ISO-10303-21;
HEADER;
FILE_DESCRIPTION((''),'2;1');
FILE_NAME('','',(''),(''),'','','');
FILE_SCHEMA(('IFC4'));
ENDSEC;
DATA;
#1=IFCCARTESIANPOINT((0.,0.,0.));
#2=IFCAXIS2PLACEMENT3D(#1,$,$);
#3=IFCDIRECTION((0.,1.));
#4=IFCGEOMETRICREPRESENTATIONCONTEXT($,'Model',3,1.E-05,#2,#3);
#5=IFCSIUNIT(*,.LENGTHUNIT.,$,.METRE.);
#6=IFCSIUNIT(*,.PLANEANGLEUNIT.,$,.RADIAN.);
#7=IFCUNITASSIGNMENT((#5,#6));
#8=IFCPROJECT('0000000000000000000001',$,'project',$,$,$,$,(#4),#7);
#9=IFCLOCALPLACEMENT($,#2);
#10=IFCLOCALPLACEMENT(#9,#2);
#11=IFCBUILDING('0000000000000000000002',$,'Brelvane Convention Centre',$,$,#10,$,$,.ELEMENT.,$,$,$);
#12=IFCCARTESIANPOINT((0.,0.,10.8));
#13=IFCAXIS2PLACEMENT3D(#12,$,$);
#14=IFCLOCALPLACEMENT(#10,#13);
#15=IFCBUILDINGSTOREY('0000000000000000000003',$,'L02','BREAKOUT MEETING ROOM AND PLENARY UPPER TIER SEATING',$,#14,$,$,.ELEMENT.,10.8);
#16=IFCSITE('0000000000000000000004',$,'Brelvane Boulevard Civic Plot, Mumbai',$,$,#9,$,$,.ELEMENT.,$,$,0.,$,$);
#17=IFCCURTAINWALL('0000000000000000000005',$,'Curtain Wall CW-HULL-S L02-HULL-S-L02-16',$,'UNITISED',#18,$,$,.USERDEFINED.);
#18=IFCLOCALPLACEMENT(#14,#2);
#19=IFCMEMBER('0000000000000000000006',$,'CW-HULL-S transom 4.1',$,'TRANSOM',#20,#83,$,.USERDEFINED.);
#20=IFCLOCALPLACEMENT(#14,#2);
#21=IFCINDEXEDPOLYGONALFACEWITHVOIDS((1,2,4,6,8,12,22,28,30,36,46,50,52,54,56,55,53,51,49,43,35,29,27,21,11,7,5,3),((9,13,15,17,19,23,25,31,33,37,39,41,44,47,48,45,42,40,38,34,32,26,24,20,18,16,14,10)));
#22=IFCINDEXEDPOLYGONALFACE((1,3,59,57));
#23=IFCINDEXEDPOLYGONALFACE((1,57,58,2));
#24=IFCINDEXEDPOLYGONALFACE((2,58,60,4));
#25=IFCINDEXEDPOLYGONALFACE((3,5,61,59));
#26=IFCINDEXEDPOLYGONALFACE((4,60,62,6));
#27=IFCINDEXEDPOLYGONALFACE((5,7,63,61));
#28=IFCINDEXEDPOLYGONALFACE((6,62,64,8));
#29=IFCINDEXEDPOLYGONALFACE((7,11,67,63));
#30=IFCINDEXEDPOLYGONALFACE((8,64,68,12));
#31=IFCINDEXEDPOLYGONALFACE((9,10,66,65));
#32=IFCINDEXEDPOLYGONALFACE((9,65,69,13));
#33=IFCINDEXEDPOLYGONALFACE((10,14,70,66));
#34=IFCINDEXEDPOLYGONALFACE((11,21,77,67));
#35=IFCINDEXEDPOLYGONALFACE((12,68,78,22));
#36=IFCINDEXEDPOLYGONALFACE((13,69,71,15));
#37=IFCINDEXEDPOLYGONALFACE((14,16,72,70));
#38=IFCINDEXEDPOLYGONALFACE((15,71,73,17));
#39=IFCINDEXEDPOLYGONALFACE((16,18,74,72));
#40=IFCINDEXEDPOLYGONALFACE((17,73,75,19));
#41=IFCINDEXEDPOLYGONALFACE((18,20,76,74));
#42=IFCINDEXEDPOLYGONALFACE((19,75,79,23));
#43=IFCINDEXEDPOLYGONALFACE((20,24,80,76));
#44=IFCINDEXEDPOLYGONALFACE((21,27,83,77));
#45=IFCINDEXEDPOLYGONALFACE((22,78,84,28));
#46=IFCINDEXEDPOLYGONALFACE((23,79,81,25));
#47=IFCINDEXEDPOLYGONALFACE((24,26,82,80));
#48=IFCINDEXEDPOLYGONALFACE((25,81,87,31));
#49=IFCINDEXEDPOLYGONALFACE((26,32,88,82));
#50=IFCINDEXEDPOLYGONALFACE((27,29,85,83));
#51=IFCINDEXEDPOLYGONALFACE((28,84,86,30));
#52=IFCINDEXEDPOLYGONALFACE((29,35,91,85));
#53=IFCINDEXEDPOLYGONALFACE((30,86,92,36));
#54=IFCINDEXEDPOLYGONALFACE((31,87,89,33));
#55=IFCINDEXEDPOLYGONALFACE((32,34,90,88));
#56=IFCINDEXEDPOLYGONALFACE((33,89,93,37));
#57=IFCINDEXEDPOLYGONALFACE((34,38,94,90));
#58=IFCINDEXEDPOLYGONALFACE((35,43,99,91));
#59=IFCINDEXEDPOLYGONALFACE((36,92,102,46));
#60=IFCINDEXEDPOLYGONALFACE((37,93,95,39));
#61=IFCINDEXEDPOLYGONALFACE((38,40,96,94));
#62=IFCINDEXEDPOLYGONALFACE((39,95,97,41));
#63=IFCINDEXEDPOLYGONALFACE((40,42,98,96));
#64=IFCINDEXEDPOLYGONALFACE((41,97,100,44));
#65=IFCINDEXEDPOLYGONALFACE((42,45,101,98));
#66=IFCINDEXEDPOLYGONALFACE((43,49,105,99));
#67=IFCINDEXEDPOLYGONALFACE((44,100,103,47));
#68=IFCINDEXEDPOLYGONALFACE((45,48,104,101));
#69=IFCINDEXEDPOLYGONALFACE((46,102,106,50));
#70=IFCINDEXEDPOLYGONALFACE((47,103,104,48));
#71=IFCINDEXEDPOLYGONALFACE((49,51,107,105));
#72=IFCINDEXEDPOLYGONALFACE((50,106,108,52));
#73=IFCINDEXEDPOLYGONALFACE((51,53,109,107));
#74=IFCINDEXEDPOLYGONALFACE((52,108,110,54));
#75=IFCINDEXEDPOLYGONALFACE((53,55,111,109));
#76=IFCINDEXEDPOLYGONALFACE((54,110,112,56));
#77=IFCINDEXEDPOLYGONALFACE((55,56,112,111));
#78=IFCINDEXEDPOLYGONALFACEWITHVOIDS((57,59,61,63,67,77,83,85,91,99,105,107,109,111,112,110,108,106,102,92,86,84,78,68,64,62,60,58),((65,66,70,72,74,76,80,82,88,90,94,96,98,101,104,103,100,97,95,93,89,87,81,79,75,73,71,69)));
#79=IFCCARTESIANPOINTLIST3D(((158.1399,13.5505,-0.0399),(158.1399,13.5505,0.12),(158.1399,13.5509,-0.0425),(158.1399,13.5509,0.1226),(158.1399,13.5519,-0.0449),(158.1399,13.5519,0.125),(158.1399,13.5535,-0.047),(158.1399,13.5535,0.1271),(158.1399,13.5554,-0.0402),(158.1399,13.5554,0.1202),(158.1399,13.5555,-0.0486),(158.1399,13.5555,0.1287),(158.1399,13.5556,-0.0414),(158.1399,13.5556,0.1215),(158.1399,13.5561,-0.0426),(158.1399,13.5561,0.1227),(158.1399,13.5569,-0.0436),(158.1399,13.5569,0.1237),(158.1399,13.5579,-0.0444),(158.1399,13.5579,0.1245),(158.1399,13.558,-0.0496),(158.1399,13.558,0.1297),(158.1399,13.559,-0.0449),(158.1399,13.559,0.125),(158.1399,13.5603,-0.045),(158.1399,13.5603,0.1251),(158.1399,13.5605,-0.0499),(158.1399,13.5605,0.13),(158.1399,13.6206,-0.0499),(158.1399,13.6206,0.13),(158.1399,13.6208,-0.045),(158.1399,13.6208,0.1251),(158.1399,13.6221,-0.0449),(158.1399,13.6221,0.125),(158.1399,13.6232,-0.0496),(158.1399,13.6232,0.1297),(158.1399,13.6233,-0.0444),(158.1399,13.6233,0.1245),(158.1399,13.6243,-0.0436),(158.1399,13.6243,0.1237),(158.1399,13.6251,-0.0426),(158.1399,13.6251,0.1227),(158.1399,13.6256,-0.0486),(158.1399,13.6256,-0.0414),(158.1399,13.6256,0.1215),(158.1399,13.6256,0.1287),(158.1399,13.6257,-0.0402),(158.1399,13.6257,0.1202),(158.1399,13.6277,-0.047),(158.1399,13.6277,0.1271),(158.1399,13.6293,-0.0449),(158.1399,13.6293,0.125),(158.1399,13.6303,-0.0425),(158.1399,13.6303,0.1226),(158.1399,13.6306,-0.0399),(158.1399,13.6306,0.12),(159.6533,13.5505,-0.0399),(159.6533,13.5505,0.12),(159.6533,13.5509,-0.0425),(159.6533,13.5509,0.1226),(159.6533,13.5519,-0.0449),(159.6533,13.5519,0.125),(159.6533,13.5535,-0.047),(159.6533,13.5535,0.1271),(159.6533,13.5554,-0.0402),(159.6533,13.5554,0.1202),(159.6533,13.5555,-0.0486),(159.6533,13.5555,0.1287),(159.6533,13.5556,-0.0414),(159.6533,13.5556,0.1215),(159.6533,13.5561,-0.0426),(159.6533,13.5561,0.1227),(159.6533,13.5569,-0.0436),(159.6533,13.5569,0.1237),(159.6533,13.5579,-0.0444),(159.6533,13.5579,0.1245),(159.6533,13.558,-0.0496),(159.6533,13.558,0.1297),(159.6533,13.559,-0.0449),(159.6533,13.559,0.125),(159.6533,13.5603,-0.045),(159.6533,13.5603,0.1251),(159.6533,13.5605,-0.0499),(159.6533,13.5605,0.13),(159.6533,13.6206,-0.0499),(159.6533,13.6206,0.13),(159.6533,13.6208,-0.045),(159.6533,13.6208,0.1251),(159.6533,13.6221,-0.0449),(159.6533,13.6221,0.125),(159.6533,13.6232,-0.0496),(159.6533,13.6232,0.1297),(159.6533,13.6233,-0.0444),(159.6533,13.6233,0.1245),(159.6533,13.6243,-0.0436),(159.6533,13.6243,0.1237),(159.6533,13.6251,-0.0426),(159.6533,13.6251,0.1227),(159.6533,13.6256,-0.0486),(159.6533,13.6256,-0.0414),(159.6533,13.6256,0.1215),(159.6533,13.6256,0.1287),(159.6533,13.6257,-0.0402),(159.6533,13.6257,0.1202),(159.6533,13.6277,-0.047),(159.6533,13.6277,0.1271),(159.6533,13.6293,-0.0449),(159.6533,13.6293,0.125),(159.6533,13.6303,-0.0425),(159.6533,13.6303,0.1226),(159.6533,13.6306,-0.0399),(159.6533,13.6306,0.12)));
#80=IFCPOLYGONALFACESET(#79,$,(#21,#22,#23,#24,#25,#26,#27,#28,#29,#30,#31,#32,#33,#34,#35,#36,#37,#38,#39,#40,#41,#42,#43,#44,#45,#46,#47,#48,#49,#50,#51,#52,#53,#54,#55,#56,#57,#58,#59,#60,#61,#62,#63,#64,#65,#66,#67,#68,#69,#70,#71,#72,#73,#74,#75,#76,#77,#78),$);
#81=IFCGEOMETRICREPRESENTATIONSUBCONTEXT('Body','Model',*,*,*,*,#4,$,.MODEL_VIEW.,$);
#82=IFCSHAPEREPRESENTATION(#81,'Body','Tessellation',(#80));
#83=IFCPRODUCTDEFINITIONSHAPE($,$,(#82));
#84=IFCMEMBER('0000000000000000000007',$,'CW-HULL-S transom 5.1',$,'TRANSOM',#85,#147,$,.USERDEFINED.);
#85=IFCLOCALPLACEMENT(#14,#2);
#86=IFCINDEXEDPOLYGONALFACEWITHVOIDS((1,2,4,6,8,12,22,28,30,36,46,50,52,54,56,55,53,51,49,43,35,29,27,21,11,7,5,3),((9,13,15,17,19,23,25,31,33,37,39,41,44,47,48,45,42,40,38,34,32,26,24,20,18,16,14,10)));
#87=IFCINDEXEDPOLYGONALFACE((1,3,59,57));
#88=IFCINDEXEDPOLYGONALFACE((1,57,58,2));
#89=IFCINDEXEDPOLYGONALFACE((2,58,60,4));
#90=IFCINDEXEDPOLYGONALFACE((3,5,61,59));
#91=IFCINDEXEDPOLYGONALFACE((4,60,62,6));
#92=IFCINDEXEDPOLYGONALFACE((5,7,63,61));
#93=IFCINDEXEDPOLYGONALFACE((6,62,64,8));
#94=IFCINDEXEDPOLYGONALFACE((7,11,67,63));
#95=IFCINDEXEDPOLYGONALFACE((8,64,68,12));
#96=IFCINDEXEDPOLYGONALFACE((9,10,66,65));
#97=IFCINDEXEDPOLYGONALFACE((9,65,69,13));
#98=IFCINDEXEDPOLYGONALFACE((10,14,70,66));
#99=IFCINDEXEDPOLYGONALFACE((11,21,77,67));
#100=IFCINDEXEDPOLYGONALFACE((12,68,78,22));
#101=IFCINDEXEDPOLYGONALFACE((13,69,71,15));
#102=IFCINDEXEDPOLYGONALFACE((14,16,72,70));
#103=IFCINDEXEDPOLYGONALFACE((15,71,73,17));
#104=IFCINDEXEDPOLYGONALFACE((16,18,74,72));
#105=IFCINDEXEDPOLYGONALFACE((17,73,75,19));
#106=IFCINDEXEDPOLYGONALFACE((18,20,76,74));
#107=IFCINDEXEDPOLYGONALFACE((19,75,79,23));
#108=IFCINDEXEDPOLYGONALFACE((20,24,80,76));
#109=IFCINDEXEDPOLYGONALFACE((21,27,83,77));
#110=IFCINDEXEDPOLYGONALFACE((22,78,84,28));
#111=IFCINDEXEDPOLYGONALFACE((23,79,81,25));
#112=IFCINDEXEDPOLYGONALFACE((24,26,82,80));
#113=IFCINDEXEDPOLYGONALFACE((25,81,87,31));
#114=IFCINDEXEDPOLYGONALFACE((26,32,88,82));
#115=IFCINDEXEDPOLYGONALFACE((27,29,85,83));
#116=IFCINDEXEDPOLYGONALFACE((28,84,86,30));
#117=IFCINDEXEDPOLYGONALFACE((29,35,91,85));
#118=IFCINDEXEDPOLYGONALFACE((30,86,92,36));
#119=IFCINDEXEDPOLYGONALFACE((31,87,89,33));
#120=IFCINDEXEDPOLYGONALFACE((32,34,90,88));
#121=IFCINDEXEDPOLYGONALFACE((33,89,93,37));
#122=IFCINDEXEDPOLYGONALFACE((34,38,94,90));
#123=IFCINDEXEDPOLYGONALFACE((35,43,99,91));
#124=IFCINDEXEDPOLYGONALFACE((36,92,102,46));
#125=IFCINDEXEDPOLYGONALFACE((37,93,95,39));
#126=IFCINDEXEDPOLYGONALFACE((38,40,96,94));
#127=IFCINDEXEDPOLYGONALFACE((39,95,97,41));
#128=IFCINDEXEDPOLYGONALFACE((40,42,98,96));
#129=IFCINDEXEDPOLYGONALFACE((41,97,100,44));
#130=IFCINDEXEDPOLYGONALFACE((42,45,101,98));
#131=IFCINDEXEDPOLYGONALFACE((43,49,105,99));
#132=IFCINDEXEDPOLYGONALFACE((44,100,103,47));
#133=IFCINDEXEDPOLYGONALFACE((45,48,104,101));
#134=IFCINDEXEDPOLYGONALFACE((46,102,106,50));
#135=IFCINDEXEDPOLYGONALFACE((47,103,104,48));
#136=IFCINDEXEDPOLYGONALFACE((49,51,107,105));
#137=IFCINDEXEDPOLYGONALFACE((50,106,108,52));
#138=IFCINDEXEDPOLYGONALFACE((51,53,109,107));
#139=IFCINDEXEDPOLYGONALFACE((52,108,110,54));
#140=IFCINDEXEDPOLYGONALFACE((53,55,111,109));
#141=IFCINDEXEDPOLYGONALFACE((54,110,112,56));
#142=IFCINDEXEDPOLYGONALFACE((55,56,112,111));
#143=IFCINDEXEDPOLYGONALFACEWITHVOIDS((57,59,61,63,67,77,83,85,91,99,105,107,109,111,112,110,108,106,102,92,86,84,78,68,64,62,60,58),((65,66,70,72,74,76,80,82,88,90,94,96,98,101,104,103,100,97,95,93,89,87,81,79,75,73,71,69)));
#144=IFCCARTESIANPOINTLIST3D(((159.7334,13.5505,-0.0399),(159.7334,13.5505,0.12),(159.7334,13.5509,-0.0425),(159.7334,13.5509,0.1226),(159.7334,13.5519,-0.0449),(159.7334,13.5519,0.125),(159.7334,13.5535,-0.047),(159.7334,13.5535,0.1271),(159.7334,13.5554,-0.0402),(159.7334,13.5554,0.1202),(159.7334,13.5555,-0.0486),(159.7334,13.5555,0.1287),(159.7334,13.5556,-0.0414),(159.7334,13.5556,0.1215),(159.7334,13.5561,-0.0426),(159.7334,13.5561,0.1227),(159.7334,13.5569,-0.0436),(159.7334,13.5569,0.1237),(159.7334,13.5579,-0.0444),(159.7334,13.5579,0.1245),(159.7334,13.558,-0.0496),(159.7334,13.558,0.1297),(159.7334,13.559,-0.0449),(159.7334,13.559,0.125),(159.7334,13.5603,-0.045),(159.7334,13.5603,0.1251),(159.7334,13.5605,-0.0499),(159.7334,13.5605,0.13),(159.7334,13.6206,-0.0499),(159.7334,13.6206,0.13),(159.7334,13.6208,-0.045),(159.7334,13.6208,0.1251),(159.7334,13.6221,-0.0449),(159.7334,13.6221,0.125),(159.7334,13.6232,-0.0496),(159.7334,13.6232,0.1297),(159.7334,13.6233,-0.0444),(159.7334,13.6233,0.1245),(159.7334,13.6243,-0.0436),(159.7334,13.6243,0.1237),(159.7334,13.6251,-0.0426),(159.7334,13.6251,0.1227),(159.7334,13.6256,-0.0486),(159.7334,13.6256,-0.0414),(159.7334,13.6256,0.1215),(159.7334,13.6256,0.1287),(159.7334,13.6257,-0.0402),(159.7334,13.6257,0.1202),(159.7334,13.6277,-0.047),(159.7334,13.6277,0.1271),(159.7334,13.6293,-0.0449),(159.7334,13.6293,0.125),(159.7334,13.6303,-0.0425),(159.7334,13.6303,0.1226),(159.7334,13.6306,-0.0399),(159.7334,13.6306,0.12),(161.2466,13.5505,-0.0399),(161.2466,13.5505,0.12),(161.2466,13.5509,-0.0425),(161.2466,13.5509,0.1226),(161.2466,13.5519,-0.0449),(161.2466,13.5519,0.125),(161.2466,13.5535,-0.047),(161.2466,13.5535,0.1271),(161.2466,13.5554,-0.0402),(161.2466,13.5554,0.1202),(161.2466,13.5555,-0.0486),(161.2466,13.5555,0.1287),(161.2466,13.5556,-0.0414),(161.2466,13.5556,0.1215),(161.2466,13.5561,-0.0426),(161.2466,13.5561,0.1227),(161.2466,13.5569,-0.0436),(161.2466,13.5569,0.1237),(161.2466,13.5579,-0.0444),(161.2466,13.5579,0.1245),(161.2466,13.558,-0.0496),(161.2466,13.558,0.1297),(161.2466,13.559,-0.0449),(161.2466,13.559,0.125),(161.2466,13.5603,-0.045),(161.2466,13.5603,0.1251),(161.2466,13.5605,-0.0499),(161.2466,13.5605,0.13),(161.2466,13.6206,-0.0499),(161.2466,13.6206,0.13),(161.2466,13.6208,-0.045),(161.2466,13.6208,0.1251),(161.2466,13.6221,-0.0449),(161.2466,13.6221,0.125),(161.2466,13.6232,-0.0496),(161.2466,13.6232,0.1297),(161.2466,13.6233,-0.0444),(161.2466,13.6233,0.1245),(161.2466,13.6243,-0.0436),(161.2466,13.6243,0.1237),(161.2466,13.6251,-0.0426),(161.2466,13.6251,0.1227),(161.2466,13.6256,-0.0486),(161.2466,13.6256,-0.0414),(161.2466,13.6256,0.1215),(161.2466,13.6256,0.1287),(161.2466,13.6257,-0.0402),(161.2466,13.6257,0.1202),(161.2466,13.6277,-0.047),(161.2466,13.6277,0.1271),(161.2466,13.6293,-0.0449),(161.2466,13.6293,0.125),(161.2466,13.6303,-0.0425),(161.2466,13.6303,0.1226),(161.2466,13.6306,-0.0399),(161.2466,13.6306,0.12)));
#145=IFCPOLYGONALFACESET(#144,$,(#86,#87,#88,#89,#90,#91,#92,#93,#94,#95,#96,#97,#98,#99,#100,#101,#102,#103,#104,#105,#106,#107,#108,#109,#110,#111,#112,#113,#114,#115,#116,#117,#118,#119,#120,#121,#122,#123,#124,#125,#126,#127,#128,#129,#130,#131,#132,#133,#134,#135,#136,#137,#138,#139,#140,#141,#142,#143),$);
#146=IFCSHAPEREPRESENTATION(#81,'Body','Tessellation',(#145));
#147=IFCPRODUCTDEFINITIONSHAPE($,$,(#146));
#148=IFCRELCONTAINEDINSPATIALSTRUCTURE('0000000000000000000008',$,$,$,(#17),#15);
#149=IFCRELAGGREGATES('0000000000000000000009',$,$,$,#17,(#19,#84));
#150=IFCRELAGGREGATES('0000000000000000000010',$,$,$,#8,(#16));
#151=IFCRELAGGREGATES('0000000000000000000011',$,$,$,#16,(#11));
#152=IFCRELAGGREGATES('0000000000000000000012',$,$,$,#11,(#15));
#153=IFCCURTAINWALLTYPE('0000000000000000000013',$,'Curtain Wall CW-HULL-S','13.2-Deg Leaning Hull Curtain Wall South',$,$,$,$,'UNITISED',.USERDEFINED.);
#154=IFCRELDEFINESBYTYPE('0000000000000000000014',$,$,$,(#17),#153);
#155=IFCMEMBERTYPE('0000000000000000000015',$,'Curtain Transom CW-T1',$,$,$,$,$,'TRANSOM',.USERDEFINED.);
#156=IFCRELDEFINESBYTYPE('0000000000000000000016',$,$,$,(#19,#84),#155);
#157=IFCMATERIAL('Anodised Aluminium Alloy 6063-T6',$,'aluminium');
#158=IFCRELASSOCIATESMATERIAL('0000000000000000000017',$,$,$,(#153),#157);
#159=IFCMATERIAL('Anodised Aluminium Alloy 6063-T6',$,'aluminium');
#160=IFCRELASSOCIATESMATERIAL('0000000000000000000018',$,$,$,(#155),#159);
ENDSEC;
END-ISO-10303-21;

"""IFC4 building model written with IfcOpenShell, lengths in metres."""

from ifc_helpers import new_model, si_unit, direction, frame, origin, origin_2d, place, context, subcontext, project, spatial, hollow_rectangle, extrude, material, material_profile, profile_set, type_object, element, aggregate, save


model = new_model("IFC4")

# Units and contexts
model_context = context("Model", 3, precision=1e-05, world=origin(), true_north=direction((0.0, 1.0)))
body_context = subcontext(model_context, "Body", "Model", "MODEL_VIEW")
ifc_project = project(units=[si_unit("LENGTHUNIT", "METRE"), si_unit("PLANEANGLEUNIT", "RADIAN")], contexts=[model_context])

# Site, building, storey
site_placement = place(None, origin())
site = spatial("IfcSite", under=ifc_project, at=site_placement, Name="Brelvane Boulevard Civic Plot, Mumbai", CompositionType="ELEMENT", RefElevation=0.0)
building_placement = place(site_placement, origin())
building = spatial("IfcBuilding", under=site, at=building_placement, Name="Brelvane Convention Centre", CompositionType="ELEMENT")
storey_placement = place(building_placement, frame((0.0, 0.0, 10.8)))
storey = spatial("IfcBuildingStorey", under=building, at=storey_placement, Name="L02", Description="BREAKOUT MEETING ROOM AND PLENARY UPPER TIER SEATING", CompositionType="ELEMENT", Elevation=10.8)

# Curtain wall
ifc_material_1 = material(Name="Anodised Aluminium Alloy 6063-T6", Category="aluminium")
curtain_wall_type = type_object("IfcCurtainWallType", Name="Curtain Wall CW-HULL-S", Description="13.2-Deg Leaning Hull Curtain Wall South", ElementType="UNITISED", PredefinedType="USERDEFINED", material=ifc_material_1)
curtain_wall_1_placement = place(storey_placement, origin())
curtain_wall_1 = element("IfcCurtainWall", 1, at=curtain_wall_1_placement, inside=storey, type_object=curtain_wall_type, Name="Curtain Wall CW-HULL-S L02-HULL-S-L02-16", ObjectType="UNITISED", PredefinedType="USERDEFINED")

# Members
ifc_material_2 = material(Name="Anodised Aluminium Alloy 6063-T6", Category="aluminium")
ifc_material_profile_1 = material_profile(ifc_material_2, hollow_rectangle(XDim=0.0801, YDim=0.1799, WallThickness=0.0049, InnerFilletRadius=0.0049, OuterFilletRadius=0.01, at=origin_2d()), Name="ALU-T 180x80x5.0")
ifc_profile_set_1 = profile_set([ifc_material_profile_1], Name="Anodised Aluminium Alloy 6063-T6")
member_type_1 = type_object("IfcMemberType", Name="Curtain Transom CW-T1", ElementType="TRANSOM", PredefinedType="USERDEFINED", material=ifc_profile_set_1)
member_1_placement = place(storey_placement, frame((158.1399, 13.5906, 0.04), z_axis=(1.0, 0.0, 0.0), x_axis=(0.0, 1.0, 0.0)))
member_1 = element("IfcMember", 2, at=member_1_placement, type_object=member_type_1, Name="CW-HULL-S transom 4.1", ObjectType="TRANSOM", PredefinedType="USERDEFINED", context=body_context, shape_type="SweptSolid", body=[
    extrude(hollow_rectangle(XDim=0.0801, YDim=0.1799, WallThickness=0.0049, InnerFilletRadius=0.0049, OuterFilletRadius=0.01, at=origin_2d()), origin(), (0.0, 0.0, 1.0), 1.5134),
])
member_2_placement = place(storey_placement, frame((159.7334, 13.5906, 0.04), z_axis=(1.0, 0.0, 0.0), x_axis=(0.0, 1.0, 0.0)))
member_2 = element("IfcMember", 3, at=member_2_placement, type_object=member_type_1, Name="CW-HULL-S transom 5.1", ObjectType="TRANSOM", PredefinedType="USERDEFINED", context=body_context, shape_type="SweptSolid", body=[
    extrude(hollow_rectangle(XDim=0.0801, YDim=0.1799, WallThickness=0.0049, InnerFilletRadius=0.0049, OuterFilletRadius=0.01, at=origin_2d()), origin(), (0.0, 0.0, 1.0), 1.5132),
])

aggregate(curtain_wall_1, [member_1, member_2])

save(model, "model.ifc")
